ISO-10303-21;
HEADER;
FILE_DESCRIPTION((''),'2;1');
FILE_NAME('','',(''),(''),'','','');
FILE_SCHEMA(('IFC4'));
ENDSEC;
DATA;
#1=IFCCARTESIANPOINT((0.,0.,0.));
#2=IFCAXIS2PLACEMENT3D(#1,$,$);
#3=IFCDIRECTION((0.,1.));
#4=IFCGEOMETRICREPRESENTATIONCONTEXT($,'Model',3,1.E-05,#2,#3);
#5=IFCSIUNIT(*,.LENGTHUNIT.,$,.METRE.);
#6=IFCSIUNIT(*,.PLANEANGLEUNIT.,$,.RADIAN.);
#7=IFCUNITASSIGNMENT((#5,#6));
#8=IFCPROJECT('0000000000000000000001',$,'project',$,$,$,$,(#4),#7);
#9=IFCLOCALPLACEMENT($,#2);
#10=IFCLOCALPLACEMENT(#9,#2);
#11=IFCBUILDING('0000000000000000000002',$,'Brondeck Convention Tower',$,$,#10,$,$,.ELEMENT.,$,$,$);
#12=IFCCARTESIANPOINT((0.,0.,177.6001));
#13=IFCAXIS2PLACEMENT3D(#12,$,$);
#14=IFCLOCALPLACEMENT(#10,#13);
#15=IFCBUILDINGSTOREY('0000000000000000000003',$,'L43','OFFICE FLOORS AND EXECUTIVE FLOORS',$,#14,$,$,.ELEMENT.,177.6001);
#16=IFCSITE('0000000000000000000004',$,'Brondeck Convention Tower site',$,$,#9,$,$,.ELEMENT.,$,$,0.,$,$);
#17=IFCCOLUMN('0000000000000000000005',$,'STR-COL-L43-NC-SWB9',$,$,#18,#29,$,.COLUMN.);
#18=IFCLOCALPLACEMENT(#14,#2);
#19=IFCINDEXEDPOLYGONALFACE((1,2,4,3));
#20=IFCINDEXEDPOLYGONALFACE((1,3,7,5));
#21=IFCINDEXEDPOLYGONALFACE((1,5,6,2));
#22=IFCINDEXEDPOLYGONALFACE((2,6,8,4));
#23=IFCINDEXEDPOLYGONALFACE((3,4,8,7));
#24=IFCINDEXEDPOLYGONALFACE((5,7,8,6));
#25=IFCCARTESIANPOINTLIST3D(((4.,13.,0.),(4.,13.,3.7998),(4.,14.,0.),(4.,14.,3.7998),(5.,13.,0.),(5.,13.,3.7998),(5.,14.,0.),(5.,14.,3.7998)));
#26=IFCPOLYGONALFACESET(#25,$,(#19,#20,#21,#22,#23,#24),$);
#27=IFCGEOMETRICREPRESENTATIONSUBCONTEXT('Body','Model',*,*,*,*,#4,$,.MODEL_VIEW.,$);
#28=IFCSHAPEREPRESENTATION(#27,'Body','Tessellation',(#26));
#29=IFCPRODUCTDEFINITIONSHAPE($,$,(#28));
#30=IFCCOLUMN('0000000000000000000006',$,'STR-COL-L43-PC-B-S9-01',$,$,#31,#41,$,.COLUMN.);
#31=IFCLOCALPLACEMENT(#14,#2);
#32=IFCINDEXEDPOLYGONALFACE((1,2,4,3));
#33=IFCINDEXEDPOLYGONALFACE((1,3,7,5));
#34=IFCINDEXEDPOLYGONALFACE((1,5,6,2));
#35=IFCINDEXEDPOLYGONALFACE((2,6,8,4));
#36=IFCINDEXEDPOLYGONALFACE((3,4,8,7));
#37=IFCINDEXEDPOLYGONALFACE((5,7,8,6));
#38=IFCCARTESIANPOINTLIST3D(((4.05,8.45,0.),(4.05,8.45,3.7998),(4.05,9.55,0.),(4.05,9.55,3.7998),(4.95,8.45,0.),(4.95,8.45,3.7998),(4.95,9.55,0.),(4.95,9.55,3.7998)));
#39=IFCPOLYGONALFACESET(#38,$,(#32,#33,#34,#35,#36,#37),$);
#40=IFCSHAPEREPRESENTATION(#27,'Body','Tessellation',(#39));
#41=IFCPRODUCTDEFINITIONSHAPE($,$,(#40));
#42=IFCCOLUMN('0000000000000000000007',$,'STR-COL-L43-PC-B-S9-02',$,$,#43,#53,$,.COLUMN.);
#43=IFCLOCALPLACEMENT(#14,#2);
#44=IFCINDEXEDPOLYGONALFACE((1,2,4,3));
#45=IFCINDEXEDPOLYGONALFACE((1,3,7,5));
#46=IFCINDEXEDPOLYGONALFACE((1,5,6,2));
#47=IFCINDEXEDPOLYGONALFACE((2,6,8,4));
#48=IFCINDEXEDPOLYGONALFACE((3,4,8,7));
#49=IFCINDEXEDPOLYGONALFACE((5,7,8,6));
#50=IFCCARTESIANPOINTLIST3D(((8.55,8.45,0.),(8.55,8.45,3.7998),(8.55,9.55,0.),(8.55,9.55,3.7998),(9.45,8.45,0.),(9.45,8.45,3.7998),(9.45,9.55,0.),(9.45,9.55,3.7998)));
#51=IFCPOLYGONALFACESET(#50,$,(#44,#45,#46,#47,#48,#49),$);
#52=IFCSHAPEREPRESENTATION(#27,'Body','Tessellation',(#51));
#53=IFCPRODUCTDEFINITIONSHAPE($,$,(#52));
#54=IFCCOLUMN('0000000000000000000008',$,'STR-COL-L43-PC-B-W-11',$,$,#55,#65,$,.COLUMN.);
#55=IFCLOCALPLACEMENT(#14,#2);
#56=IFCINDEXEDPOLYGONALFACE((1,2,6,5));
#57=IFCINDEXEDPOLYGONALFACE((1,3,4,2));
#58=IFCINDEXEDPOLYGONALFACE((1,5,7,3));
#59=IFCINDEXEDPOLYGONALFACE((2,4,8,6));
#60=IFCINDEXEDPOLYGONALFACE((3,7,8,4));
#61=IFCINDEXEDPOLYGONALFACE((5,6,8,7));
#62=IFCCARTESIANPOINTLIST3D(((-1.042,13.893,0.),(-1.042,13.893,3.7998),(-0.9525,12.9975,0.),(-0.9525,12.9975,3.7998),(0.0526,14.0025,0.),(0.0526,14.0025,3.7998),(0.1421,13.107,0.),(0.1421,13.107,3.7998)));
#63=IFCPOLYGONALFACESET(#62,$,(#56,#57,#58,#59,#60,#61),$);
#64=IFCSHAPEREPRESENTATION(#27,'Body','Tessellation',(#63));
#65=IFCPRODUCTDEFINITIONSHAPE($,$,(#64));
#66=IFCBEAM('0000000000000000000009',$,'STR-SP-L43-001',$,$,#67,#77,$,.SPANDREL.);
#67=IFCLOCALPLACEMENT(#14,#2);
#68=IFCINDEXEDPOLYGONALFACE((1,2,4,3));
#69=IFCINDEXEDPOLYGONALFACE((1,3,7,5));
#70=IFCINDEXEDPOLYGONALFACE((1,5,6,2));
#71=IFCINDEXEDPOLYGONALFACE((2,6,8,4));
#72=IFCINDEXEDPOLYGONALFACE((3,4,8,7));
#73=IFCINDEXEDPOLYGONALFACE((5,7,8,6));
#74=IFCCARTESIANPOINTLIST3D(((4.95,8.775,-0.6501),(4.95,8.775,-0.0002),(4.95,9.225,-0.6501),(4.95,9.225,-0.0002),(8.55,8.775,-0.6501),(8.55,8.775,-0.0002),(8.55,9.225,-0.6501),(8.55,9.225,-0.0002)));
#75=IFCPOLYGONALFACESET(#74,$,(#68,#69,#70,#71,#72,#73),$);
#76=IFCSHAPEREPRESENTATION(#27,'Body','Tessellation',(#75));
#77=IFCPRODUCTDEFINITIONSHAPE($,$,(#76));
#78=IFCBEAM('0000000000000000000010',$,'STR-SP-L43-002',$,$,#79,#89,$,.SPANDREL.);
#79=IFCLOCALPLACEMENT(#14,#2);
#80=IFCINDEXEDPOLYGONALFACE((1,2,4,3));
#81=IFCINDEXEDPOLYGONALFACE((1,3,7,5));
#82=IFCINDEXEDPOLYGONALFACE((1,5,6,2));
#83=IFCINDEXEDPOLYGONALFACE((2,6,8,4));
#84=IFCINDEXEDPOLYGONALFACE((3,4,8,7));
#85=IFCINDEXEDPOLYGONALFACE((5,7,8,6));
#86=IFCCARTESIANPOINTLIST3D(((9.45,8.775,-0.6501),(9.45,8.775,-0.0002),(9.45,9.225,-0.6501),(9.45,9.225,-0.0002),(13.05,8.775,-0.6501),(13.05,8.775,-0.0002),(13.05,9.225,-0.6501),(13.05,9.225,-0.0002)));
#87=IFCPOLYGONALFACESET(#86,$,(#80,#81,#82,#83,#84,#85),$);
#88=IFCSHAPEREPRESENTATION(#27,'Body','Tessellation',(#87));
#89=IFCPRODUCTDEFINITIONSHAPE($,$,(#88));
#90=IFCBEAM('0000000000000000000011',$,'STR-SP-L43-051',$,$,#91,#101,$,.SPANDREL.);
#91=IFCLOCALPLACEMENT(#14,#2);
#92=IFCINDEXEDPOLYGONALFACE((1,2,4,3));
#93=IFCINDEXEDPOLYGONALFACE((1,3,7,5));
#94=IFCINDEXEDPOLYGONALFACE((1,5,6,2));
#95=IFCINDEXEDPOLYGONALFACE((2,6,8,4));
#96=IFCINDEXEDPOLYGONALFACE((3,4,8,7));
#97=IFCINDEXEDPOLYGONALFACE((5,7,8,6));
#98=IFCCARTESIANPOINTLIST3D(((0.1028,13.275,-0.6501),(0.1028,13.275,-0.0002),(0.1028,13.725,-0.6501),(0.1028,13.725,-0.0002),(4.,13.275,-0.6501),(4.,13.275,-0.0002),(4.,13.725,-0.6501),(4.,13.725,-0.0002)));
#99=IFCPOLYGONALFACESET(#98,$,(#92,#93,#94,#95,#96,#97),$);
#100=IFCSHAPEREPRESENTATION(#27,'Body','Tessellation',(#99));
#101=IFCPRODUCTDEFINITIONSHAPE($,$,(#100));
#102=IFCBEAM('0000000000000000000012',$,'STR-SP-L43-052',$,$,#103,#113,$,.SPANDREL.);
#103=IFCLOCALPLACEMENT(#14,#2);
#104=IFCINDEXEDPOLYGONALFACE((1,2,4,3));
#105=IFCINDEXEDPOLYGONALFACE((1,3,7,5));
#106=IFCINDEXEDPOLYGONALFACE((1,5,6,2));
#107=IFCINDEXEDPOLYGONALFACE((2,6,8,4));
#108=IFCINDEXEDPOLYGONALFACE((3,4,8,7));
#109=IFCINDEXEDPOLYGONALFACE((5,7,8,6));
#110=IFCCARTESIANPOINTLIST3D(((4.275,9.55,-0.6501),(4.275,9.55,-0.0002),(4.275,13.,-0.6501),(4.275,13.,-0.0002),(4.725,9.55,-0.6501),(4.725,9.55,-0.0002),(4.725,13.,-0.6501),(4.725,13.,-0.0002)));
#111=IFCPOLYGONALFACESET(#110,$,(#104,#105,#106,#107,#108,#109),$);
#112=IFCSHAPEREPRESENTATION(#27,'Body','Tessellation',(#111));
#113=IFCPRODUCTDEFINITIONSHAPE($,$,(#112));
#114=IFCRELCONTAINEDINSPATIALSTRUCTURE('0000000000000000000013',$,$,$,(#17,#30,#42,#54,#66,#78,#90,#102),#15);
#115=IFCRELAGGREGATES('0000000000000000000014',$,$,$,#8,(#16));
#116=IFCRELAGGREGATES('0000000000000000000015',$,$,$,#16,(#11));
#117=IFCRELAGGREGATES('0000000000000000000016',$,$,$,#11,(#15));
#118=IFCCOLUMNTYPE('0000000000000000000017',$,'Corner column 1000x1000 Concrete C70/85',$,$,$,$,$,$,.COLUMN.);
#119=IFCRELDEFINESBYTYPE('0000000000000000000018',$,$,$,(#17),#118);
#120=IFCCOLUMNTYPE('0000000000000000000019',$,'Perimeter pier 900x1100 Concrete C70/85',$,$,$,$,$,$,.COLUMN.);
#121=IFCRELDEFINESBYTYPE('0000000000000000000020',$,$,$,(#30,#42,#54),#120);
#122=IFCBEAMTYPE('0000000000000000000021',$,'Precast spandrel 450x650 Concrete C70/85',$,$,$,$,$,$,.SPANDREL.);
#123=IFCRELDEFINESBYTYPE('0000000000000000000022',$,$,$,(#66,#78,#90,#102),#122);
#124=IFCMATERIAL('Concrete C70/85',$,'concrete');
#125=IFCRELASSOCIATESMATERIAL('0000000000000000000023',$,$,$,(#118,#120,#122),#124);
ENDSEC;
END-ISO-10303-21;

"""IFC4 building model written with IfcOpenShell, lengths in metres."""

from ifc_helpers import new_model, si_unit, direction, frame, origin, origin_2d, place, context, subcontext, project, spatial, rectangle, extrude, material, material_profile, profile_set, type_object, element, save


model = new_model("IFC4")

# Units and contexts
model_context = context("Model", 3, precision=1e-05, world=origin(), true_north=direction((0.0, 1.0)))
body_context = subcontext(model_context, "Body", "Model", "MODEL_VIEW")
ifc_project = project(units=[si_unit("LENGTHUNIT", "METRE"), si_unit("PLANEANGLEUNIT", "RADIAN")], contexts=[model_context])

# Site, building, storey
site_placement = place(None, origin())
site = spatial("IfcSite", under=ifc_project, at=site_placement, Name="Brondeck Convention Tower site", CompositionType="ELEMENT", RefElevation=0.0)
building_placement = place(site_placement, origin())
building = spatial("IfcBuilding", under=site, at=building_placement, Name="Brondeck Convention Tower", CompositionType="ELEMENT")
storey_placement = place(building_placement, frame((0.0, 0.0, 177.6001)))
storey = spatial("IfcBuildingStorey", under=building, at=storey_placement, Name="L43", Description="OFFICE FLOORS AND EXECUTIVE FLOORS", CompositionType="ELEMENT", Elevation=177.6001)

# Columns
ifc_material_1 = material(Name="Concrete C70/85", Category="concrete")
ifc_material_profile_1 = material_profile(ifc_material_1, rectangle(XDim=1.0, YDim=1.0, at=origin_2d()), Name="Corner column 1000x1000 Concrete C70/85")
ifc_profile_set_1 = profile_set([ifc_material_profile_1], Name="Concrete C70/85")
column_type_1 = type_object("IfcColumnType", Name="Corner column 1000x1000 Concrete C70/85", PredefinedType="COLUMN", material=ifc_profile_set_1)
column_placement = place(storey_placement, frame((4.5, 13.5, 0.0), z_axis=(0.0, 0.0, 1.0), x_axis=(1.0, 0.0, 0.0)))
element("IfcColumn", 1, at=column_placement, inside=storey, type_object=column_type_1, Name="STR-COL-L43-NC-SWB9", PredefinedType="COLUMN", context=body_context, shape_type="SweptSolid", body=[
    extrude(rectangle(XDim=1.0, YDim=1.0, at=origin_2d()), origin(), (0.0, 0.0, 1.0), 3.7998),
])
ifc_material_profile_2 = material_profile(ifc_material_1, rectangle(XDim=0.8999, YDim=1.1001, at=origin_2d()), Name="Perimeter pier 900x1100 Concrete C70/85")
ifc_profile_set_2 = profile_set([ifc_material_profile_2], Name="Concrete C70/85")
column_type_2 = type_object("IfcColumnType", Name="Perimeter pier 900x1100 Concrete C70/85", PredefinedType="COLUMN", material=ifc_profile_set_2)
for number, where, z_axis, x_axis, name in (
    (2, (4.5, 9.0, 0.0), (0.0, 0.0, 1.0), (1.0, 0.0, 0.0), "STR-COL-L43-PC-B-S9-01"),
    (3, (9.0, 9.0, 0.0), (0.0, 0.0, 1.0), (1.0, 0.0, 0.0), "STR-COL-L43-PC-B-S9-02"),
    (4, (-0.45, 13.5, 0.0), (0.0, 0.0, 1.0), (0.099504, -0.995037, 0.0), "STR-COL-L43-PC-B-W-11"),
):
    element("IfcColumn", number, at=place(storey_placement, frame(where, z_axis=z_axis, x_axis=x_axis)), inside=storey, type_object=column_type_2, Name=name, PredefinedType="COLUMN", context=body_context, shape_type="SweptSolid", body=[
        extrude(rectangle(XDim=0.8999, YDim=1.1001, at=origin_2d()), origin(), (0.0, 0.0, 1.0), 3.7998),
    ])

# Beams
ifc_material_profile_3 = material_profile(ifc_material_1, rectangle(XDim=0.45, YDim=0.6499, at=origin_2d()), Name="Precast spandrel 450x650 Concrete C70/85")
ifc_profile_set_3 = profile_set([ifc_material_profile_3], Name="Concrete C70/85")
beam_type = type_object("IfcBeamType", Name="Precast spandrel 450x650 Concrete C70/85", PredefinedType="SPANDREL", material=ifc_profile_set_3)
for number, where, z_axis, x_axis, name in (
    (5, (4.95, 9.0, -0.3252), (1.0, 0.0, 0.0), (0.0, 1.0, 0.0), "STR-SP-L43-001"),
    (6, (9.45, 9.0, -0.3252), (1.0, 0.0, 0.0), (0.0, 1.0, 0.0), "STR-SP-L43-002"),
):
    element("IfcBeam", number, at=place(storey_placement, frame(where, z_axis=z_axis, x_axis=x_axis)), inside=storey, type_object=beam_type, Name=name, PredefinedType="SPANDREL", context=body_context, shape_type="SweptSolid", body=[
        extrude(rectangle(XDim=0.45, YDim=0.6499, at=origin_2d()), origin(), (0.0, 0.0, 1.0), 3.6001),
    ])
beam_1_placement = place(storey_placement, frame((0.1028, 13.5, -0.3252), z_axis=(1.0, 0.0, 0.0), x_axis=(0.0, 1.0, 0.0)))
element("IfcBeam", 7, at=beam_1_placement, inside=storey, type_object=beam_type, Name="STR-SP-L43-051", PredefinedType="SPANDREL", context=body_context, shape_type="SweptSolid", body=[
    extrude(rectangle(XDim=0.45, YDim=0.6499, at=origin_2d()), origin(), (0.0, 0.0, 1.0), 3.8972),
])
beam_2_placement = place(storey_placement, frame((4.5, 13.0, -0.3252), z_axis=(0.0, -1.0, 0.0), x_axis=(1.0, 0.0, 0.0)))
element("IfcBeam", 8, at=beam_2_placement, inside=storey, type_object=beam_type, Name="STR-SP-L43-052", PredefinedType="SPANDREL", context=body_context, shape_type="SweptSolid", body=[
    extrude(rectangle(XDim=0.45, YDim=0.6499, at=origin_2d()), origin(), (0.0, 0.0, 1.0), 3.45),
])

save(model, "model.ifc")
